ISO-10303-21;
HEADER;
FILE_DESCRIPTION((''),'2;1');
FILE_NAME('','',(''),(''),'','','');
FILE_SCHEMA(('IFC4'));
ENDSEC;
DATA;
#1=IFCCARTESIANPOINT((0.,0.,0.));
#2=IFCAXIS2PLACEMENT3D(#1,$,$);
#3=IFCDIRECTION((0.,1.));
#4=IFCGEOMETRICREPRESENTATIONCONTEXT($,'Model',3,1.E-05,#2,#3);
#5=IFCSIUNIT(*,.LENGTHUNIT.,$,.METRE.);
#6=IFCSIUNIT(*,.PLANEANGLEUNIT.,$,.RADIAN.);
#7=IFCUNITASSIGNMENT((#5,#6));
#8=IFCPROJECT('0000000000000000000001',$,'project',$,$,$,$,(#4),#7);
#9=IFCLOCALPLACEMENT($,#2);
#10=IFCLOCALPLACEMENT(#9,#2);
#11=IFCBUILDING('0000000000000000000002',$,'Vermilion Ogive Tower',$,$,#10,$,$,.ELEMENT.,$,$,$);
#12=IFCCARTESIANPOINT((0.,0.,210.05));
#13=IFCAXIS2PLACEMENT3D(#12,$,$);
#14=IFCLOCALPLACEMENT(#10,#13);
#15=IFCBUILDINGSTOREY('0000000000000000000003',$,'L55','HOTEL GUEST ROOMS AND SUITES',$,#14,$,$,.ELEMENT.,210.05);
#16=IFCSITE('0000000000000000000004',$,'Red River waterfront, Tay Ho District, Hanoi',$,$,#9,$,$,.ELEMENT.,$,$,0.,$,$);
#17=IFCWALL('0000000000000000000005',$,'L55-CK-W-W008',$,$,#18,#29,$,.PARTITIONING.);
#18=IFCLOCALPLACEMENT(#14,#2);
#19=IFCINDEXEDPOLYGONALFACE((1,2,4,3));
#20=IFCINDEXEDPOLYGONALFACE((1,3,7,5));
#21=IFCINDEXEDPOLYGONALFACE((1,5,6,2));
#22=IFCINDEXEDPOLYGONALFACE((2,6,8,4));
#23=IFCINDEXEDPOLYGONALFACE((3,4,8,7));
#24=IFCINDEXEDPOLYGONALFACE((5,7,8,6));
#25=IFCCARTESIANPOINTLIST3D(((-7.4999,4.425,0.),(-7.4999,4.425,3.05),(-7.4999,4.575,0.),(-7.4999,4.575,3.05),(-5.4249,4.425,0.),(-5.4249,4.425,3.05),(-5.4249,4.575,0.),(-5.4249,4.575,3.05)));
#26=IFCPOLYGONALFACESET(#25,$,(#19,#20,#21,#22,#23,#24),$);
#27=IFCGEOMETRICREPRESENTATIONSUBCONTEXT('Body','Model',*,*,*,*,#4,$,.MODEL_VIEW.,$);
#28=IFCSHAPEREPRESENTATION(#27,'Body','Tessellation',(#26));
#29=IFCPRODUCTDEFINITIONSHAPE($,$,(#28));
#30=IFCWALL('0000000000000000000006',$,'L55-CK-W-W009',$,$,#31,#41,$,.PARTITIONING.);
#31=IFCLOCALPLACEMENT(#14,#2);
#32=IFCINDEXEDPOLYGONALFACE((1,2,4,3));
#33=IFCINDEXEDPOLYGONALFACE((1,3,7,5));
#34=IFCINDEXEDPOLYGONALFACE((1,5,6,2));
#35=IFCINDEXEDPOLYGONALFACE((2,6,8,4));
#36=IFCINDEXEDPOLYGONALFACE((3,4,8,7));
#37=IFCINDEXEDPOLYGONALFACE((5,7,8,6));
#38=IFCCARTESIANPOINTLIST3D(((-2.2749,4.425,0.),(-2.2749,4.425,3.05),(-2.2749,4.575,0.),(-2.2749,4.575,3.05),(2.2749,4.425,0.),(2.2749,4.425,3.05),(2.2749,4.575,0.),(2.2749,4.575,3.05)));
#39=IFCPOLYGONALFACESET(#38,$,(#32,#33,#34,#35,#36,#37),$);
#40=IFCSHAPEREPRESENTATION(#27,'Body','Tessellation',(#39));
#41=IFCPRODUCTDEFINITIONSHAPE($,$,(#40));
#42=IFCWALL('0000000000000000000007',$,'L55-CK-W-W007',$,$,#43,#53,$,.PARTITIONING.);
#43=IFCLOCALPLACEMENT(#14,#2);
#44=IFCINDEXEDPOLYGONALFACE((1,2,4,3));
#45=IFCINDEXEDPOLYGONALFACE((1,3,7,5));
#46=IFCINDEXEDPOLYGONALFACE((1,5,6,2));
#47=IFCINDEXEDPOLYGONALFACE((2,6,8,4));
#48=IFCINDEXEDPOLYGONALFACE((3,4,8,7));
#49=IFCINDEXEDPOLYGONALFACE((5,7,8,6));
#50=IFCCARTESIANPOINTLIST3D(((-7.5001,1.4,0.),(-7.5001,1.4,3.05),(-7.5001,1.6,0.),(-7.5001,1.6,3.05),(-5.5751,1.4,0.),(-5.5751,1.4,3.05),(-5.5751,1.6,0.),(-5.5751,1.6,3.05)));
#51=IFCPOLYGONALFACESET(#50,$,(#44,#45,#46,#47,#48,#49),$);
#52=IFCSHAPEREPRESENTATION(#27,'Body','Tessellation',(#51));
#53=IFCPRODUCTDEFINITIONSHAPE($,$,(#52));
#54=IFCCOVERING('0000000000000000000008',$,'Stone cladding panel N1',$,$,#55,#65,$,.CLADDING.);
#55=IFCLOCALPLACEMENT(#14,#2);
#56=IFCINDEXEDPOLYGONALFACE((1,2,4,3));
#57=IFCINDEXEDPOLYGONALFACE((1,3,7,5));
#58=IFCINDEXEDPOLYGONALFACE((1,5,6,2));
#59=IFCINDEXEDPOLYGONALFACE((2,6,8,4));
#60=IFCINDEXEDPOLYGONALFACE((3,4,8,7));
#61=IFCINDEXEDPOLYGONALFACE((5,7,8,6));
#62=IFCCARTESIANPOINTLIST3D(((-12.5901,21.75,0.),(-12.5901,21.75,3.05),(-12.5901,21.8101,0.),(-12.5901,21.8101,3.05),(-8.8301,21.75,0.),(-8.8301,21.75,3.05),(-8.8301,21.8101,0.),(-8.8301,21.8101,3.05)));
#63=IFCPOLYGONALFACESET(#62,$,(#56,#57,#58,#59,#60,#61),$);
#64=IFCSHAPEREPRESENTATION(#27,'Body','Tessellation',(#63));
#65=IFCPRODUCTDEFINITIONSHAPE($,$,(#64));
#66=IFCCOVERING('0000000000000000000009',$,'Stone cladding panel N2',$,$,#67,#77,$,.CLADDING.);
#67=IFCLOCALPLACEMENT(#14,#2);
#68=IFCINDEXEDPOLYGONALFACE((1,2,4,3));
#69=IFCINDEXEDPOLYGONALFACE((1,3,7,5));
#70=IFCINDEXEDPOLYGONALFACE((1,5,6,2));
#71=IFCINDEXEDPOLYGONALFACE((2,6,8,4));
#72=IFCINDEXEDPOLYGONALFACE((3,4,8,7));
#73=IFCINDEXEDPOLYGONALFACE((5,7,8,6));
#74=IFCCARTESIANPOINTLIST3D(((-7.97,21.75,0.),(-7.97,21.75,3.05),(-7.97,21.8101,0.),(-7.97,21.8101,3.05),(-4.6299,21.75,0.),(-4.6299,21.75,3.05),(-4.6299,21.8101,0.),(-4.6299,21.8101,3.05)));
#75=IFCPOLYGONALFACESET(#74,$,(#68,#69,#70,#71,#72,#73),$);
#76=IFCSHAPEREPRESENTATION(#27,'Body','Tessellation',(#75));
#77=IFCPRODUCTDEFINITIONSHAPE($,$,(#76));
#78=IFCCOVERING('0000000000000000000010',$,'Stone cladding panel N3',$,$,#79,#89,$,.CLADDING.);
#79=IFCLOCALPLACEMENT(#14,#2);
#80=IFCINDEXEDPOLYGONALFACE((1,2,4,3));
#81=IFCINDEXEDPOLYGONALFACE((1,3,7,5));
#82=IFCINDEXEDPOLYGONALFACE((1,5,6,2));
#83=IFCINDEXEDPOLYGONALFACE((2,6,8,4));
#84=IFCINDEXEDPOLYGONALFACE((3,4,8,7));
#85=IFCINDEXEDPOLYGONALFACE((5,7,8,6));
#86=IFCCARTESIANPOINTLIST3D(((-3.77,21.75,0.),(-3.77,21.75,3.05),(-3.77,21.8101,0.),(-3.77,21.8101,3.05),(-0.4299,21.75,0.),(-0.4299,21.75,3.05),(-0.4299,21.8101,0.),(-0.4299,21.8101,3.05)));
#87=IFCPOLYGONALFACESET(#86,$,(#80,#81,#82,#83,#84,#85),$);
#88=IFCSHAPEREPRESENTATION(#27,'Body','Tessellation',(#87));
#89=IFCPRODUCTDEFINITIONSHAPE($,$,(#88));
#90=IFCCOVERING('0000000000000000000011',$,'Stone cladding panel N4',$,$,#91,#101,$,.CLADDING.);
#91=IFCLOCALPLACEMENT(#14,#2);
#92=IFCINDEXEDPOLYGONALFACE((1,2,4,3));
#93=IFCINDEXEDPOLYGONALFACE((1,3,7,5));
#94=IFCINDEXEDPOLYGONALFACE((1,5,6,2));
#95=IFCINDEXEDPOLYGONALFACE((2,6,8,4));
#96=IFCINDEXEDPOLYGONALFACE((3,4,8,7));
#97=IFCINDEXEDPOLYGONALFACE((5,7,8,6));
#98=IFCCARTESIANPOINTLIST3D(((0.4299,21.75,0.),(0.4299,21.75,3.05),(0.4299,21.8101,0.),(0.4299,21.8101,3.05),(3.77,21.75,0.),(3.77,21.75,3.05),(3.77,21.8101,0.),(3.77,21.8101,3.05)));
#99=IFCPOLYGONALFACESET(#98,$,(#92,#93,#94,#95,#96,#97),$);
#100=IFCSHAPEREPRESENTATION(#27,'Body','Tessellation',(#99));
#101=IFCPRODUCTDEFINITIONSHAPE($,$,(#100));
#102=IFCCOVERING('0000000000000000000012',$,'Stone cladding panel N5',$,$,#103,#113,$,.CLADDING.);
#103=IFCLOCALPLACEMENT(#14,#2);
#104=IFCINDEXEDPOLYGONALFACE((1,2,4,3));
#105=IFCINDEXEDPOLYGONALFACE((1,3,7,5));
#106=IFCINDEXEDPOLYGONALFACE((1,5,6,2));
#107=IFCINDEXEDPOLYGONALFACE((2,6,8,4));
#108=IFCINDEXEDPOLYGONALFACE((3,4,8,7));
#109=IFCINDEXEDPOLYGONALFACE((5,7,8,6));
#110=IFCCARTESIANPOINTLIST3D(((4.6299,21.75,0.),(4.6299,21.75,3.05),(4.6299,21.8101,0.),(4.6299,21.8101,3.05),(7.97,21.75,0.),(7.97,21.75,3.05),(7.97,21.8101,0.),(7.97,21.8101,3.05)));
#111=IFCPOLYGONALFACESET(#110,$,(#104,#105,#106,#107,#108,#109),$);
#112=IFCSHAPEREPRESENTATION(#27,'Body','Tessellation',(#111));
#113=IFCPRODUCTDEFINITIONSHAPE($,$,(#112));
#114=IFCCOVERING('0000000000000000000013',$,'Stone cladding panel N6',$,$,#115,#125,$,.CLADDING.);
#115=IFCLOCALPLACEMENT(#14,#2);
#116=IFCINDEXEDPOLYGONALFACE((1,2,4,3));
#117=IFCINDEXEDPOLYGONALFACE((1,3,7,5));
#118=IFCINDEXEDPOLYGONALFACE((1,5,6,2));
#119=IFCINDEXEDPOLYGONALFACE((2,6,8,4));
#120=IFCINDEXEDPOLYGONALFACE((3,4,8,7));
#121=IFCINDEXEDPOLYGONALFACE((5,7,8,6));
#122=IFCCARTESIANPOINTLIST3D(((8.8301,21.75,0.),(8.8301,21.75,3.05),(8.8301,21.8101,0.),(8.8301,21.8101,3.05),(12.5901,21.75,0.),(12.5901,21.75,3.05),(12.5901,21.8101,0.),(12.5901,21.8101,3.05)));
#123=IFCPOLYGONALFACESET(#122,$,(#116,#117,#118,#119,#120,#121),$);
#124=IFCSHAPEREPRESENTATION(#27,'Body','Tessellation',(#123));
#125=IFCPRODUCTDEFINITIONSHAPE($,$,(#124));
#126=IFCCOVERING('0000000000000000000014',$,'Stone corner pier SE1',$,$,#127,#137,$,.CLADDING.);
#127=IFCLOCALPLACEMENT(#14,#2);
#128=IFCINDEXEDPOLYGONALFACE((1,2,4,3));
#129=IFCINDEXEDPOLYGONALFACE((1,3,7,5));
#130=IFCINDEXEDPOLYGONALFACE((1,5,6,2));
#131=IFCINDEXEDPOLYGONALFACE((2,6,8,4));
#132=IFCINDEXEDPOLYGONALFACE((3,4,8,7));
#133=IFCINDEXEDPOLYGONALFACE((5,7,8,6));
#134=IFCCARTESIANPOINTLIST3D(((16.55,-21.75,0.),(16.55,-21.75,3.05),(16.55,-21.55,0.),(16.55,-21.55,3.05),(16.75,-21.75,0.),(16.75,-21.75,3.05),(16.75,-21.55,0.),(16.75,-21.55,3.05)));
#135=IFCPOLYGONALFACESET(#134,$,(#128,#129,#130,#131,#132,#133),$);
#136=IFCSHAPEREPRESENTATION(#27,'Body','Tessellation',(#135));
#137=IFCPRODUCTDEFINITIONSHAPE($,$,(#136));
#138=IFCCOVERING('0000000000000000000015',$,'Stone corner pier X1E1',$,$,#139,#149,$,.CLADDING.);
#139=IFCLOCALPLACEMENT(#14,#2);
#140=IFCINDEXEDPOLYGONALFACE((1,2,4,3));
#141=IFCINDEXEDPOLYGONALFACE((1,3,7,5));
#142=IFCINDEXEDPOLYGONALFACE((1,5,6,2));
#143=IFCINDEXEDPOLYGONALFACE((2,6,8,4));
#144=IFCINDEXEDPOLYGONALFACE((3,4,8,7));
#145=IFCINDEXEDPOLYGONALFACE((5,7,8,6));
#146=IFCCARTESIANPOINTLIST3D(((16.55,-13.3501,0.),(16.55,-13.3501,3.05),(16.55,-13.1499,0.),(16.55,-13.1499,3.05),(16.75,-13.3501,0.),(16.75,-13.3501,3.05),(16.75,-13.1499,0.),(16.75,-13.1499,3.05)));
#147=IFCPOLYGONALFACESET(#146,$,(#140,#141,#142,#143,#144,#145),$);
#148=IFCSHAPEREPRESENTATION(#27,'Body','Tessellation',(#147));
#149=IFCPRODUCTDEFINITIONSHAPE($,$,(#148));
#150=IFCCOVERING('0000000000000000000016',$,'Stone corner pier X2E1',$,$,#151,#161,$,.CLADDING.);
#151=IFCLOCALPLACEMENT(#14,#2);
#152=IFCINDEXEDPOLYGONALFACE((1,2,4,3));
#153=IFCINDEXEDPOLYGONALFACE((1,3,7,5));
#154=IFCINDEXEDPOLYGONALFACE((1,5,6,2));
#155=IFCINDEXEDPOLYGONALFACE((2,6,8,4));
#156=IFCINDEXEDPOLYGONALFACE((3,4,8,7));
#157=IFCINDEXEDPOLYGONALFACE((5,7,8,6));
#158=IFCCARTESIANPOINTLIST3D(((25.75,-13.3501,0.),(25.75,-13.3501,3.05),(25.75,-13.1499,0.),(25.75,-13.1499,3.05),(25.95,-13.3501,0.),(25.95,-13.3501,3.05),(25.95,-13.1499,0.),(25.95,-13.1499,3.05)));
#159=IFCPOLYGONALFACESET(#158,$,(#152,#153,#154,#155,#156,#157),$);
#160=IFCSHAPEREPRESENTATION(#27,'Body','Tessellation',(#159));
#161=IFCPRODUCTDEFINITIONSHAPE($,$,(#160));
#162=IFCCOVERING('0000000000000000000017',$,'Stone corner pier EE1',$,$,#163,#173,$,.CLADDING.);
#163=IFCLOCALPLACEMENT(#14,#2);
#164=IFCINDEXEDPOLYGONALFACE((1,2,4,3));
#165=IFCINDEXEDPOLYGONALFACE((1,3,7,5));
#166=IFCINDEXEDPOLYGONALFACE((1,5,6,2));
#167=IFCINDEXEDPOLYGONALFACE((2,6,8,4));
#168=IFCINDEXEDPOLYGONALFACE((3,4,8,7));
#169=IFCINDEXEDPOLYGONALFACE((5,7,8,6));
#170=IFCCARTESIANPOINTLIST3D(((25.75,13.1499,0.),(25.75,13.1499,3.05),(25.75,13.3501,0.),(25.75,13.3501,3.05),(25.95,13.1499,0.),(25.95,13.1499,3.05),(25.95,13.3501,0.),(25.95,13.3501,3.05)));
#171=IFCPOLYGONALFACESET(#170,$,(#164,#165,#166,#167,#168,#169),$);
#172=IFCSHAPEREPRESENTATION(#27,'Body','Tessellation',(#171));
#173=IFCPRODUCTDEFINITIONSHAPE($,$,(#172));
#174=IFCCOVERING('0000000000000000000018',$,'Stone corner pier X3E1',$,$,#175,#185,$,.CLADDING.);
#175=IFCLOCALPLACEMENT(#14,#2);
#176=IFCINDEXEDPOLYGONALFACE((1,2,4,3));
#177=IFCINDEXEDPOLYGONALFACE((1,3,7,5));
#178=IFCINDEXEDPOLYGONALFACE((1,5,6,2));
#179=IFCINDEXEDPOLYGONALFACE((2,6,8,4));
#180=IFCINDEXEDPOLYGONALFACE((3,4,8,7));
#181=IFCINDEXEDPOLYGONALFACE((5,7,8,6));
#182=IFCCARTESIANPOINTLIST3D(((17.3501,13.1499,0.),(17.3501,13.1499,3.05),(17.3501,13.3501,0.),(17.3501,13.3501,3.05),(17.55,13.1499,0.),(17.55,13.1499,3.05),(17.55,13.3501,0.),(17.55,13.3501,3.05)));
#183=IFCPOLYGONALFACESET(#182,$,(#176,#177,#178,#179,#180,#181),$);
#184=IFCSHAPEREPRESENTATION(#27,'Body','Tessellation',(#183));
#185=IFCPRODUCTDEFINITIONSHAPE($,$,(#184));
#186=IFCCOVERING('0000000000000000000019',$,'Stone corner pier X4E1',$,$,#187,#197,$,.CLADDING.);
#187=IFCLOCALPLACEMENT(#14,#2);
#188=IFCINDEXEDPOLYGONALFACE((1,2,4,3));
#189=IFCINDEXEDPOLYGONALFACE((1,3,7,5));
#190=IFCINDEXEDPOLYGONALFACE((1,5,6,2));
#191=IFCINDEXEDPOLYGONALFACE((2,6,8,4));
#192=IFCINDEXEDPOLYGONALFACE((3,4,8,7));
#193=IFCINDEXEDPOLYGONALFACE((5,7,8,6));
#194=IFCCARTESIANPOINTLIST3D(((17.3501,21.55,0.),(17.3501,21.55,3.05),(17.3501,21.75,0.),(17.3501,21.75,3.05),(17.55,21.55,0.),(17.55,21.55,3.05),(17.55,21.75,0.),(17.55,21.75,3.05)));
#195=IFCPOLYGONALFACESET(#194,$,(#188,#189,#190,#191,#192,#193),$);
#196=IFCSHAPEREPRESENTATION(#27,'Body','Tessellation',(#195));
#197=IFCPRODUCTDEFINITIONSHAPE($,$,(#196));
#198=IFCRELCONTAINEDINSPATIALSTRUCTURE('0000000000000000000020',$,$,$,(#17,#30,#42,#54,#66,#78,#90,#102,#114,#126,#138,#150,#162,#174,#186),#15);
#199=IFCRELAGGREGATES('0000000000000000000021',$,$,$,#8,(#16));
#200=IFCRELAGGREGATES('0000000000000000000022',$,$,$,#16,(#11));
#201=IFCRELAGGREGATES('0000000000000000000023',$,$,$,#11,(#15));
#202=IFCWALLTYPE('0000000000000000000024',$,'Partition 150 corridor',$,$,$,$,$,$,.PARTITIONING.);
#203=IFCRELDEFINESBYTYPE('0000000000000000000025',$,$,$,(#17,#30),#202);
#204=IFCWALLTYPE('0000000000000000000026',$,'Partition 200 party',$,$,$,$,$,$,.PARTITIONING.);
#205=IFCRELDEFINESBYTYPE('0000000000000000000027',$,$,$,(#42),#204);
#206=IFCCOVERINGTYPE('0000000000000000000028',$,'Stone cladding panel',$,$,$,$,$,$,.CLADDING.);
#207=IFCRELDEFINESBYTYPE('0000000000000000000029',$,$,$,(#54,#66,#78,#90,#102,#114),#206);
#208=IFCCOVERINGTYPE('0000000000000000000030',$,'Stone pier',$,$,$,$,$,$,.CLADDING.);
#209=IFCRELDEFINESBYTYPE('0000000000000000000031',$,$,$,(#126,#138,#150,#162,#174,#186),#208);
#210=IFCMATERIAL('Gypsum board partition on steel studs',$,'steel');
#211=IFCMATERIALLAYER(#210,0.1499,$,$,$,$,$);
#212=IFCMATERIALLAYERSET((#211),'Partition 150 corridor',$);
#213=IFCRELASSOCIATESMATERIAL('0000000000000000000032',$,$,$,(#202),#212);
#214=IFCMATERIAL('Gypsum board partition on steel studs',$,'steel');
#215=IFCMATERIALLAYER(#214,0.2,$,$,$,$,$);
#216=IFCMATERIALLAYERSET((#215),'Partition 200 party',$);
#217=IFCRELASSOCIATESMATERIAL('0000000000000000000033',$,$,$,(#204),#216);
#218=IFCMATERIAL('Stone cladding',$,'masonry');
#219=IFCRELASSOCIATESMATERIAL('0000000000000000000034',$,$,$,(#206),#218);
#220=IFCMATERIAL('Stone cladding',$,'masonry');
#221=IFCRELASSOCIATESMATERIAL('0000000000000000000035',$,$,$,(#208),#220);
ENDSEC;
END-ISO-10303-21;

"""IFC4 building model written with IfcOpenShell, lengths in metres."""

from ifc_helpers import new_model, si_unit, direction, frame, frame_2d, origin, place, context, subcontext, project, spatial, polyline, rectangle, outline, extrude, material, layer, layer_set, type_object, element, save


model = new_model("IFC4")

# Units and contexts
model_context = context("Model", 3, precision=1e-05, world=origin(), true_north=direction((0.0, 1.0)))
body_context = subcontext(model_context, "Body", "Model", "MODEL_VIEW")
ifc_project = project(units=[si_unit("LENGTHUNIT", "METRE"), si_unit("PLANEANGLEUNIT", "RADIAN")], contexts=[model_context])

# Site, building, storey
site_placement = place(None, origin())
site = spatial("IfcSite", under=ifc_project, at=site_placement, Name="Red River waterfront, Tay Ho District, Hanoi", CompositionType="ELEMENT", RefElevation=0.0)
building_placement = place(site_placement, origin())
building = spatial("IfcBuilding", under=site, at=building_placement, Name="Vermilion Ogive Tower", CompositionType="ELEMENT")
storey_placement = place(building_placement, frame((0.0, 0.0, 210.05)))
storey = spatial("IfcBuildingStorey", under=building, at=storey_placement, Name="L55", Description="HOTEL GUEST ROOMS AND SUITES", CompositionType="ELEMENT", Elevation=210.05)

# Walls
ifc_material_1 = material(Name="Gypsum board partition on steel studs", Category="steel")
ifc_layer_1 = layer(ifc_material_1, 0.1499)
ifc_layer_set_1 = layer_set([ifc_layer_1], Name="Partition 150 corridor")
wall_type_1 = type_object("IfcWallType", Name="Partition 150 corridor", PredefinedType="PARTITIONING", material=ifc_layer_set_1)
wall_1_placement = place(storey_placement, frame((-7.5, 4.5, 0.0), z_axis=(0.0, 0.0, 1.0), x_axis=(1.0, 0.0, 0.0)))
element("IfcWall", 1, at=wall_1_placement, inside=storey, type_object=wall_type_1, Name="L55-CK-W-W008", PredefinedType="PARTITIONING", context=body_context, shape_type="SweptSolid", body=[
    extrude(rectangle(XDim=2.075, YDim=0.1499, at=frame_2d((1.0376, 0.0))), origin(), (0.0, 0.0, 1.0), 3.05),
])
wall_2_placement = place(storey_placement, frame((-2.2749, 4.5, 0.0), z_axis=(0.0, 0.0, 1.0), x_axis=(1.0, 0.0, 0.0)))
element("IfcWall", 2, at=wall_2_placement, inside=storey, type_object=wall_type_1, Name="L55-CK-W-W009", PredefinedType="PARTITIONING", context=body_context, shape_type="SweptSolid", body=[
    extrude(rectangle(XDim=4.5498, YDim=0.1499, at=frame_2d((2.2749, 0.0))), origin(), (0.0, 0.0, 1.0), 3.05),
])
ifc_material_2 = material(Name="Gypsum board partition on steel studs", Category="steel")
ifc_layer_2 = layer(ifc_material_2, 0.2)
ifc_layer_set_2 = layer_set([ifc_layer_2], Name="Partition 200 party")
wall_type_2 = type_object("IfcWallType", Name="Partition 200 party", PredefinedType="PARTITIONING", material=ifc_layer_set_2)
wall_3_placement = place(storey_placement, frame((-7.5, 1.5, 0.0), z_axis=(0.0, 0.0, 1.0), x_axis=(1.0, 0.0, 0.0)))
element("IfcWall", 3, at=wall_3_placement, inside=storey, type_object=wall_type_2, Name="L55-CK-W-W007", PredefinedType="PARTITIONING", context=body_context, shape_type="SweptSolid", body=[
    extrude(rectangle(XDim=1.925, YDim=0.2, at=frame_2d((0.9624, 0.0))), origin(), (0.0, 0.0, 1.0), 3.05),
])

# Coverings
ifc_material_3 = material(Name="Stone cladding", Category="masonry")
covering_type_1 = type_object("IfcCoveringType", Name="Stone cladding panel", PredefinedType="CLADDING", material=ifc_material_3)
covering_1_placement = place(storey_placement, origin())
element("IfcCovering", 4, at=covering_1_placement, inside=storey, type_object=covering_type_1, Name="Stone cladding panel N1", PredefinedType="CLADDING", context=body_context, shape_type="SweptSolid", body=[
    extrude(outline(polyline([(-12.5901, 21.75), (-8.8301, 21.75), (-8.8301, 21.8101), (-12.5901, 21.8101), (-12.5901, 21.75)])), origin(), (0.0, 0.0, 1.0), 3.05),
])
covering_2_placement = place(storey_placement, origin())
element("IfcCovering", 5, at=covering_2_placement, inside=storey, type_object=covering_type_1, Name="Stone cladding panel N2", PredefinedType="CLADDING", context=body_context, shape_type="SweptSolid", body=[
    extrude(outline(polyline([(-7.97, 21.75), (-4.6299, 21.75), (-4.6299, 21.8101), (-7.97, 21.8101), (-7.97, 21.75)])), origin(), (0.0, 0.0, 1.0), 3.05),
])
covering_3_placement = place(storey_placement, origin())
element("IfcCovering", 6, at=covering_3_placement, inside=storey, type_object=covering_type_1, Name="Stone cladding panel N3", PredefinedType="CLADDING", context=body_context, shape_type="SweptSolid", body=[
    extrude(outline(polyline([(-3.77, 21.75), (-0.4299, 21.75), (-0.4299, 21.8101), (-3.77, 21.8101), (-3.77, 21.75)])), origin(), (0.0, 0.0, 1.0), 3.05),
])
covering_4_placement = place(storey_placement, origin())
element("IfcCovering", 7, at=covering_4_placement, inside=storey, type_object=covering_type_1, Name="Stone cladding panel N4", PredefinedType="CLADDING", context=body_context, shape_type="SweptSolid", body=[
    extrude(outline(polyline([(0.4299, 21.75), (3.77, 21.75), (3.77, 21.8101), (0.4299, 21.8101), (0.4299, 21.75)])), origin(), (0.0, 0.0, 1.0), 3.05),
])
covering_5_placement = place(storey_placement, origin())
element("IfcCovering", 8, at=covering_5_placement, inside=storey, type_object=covering_type_1, Name="Stone cladding panel N5", PredefinedType="CLADDING", context=body_context, shape_type="SweptSolid", body=[
    extrude(outline(polyline([(4.6299, 21.75), (7.97, 21.75), (7.97, 21.8101), (4.6299, 21.8101), (4.6299, 21.75)])), origin(), (0.0, 0.0, 1.0), 3.05),
])
covering_6_placement = place(storey_placement, origin())
element("IfcCovering", 9, at=covering_6_placement, inside=storey, type_object=covering_type_1, Name="Stone cladding panel N6", PredefinedType="CLADDING", context=body_context, shape_type="SweptSolid", body=[
    extrude(outline(polyline([(8.8301, 21.75), (12.5901, 21.75), (12.5901, 21.8101), (8.8301, 21.8101), (8.8301, 21.75)])), origin(), (0.0, 0.0, 1.0), 3.05),
])
ifc_material_4 = material(Name="Stone cladding", Category="masonry")
covering_type_2 = type_object("IfcCoveringType", Name="Stone pier", PredefinedType="CLADDING", material=ifc_material_4)
covering_7_placement = place(storey_placement, origin())
element("IfcCovering", 10, at=covering_7_placement, inside=storey, type_object=covering_type_2, Name="Stone corner pier SE1", PredefinedType="CLADDING", context=body_context, shape_type="SweptSolid", body=[
    extrude(outline(polyline([(16.55, -21.55), (16.75, -21.55), (16.75, -21.75), (16.55, -21.75), (16.55, -21.55)])), origin(), (0.0, 0.0, 1.0), 3.05),
])
covering_8_placement = place(storey_placement, origin())
element("IfcCovering", 11, at=covering_8_placement, inside=storey, type_object=covering_type_2, Name="Stone corner pier X1E1", PredefinedType="CLADDING", context=body_context, shape_type="SweptSolid", body=[
    extrude(outline(polyline([(16.55, -13.1499), (16.75, -13.1499), (16.75, -13.3501), (16.55, -13.3501), (16.55, -13.1499)])), origin(), (0.0, 0.0, 1.0), 3.05),
])
covering_9_placement = place(storey_placement, origin())
element("IfcCovering", 12, at=covering_9_placement, inside=storey, type_object=covering_type_2, Name="Stone corner pier X2E1", PredefinedType="CLADDING", context=body_context, shape_type="SweptSolid", body=[
    extrude(outline(polyline([(25.75, -13.1499), (25.95, -13.1499), (25.95, -13.3501), (25.75, -13.3501), (25.75, -13.1499)])), origin(), (0.0, 0.0, 1.0), 3.05),
])
covering_10_placement = place(storey_placement, origin())
element("IfcCovering", 13, at=covering_10_placement, inside=storey, type_object=covering_type_2, Name="Stone corner pier EE1", PredefinedType="CLADDING", context=body_context, shape_type="SweptSolid", body=[
    extrude(outline(polyline([(25.75, 13.1499), (25.75, 13.3501), (25.95, 13.3501), (25.95, 13.1499), (25.75, 13.1499)])), origin(), (0.0, 0.0, 1.0), 3.05),
])
covering_11_placement = place(storey_placement, origin())
element("IfcCovering", 14, at=covering_11_placement, inside=storey, type_object=covering_type_2, Name="Stone corner pier X3E1", PredefinedType="CLADDING", context=body_context, shape_type="SweptSolid", body=[
    extrude(outline(polyline([(17.3501, 13.1499), (17.3501, 13.3501), (17.55, 13.3501), (17.55, 13.1499), (17.3501, 13.1499)])), origin(), (0.0, 0.0, 1.0), 3.05),
])
covering_12_placement = place(storey_placement, origin())
element("IfcCovering", 15, at=covering_12_placement, inside=storey, type_object=covering_type_2, Name="Stone corner pier X4E1", PredefinedType="CLADDING", context=body_context, shape_type="SweptSolid", body=[
    extrude(outline(polyline([(17.3501, 21.55), (17.3501, 21.75), (17.55, 21.75), (17.55, 21.55), (17.3501, 21.55)])), origin(), (0.0, 0.0, 1.0), 3.05),
])

save(model, "model.ifc")
